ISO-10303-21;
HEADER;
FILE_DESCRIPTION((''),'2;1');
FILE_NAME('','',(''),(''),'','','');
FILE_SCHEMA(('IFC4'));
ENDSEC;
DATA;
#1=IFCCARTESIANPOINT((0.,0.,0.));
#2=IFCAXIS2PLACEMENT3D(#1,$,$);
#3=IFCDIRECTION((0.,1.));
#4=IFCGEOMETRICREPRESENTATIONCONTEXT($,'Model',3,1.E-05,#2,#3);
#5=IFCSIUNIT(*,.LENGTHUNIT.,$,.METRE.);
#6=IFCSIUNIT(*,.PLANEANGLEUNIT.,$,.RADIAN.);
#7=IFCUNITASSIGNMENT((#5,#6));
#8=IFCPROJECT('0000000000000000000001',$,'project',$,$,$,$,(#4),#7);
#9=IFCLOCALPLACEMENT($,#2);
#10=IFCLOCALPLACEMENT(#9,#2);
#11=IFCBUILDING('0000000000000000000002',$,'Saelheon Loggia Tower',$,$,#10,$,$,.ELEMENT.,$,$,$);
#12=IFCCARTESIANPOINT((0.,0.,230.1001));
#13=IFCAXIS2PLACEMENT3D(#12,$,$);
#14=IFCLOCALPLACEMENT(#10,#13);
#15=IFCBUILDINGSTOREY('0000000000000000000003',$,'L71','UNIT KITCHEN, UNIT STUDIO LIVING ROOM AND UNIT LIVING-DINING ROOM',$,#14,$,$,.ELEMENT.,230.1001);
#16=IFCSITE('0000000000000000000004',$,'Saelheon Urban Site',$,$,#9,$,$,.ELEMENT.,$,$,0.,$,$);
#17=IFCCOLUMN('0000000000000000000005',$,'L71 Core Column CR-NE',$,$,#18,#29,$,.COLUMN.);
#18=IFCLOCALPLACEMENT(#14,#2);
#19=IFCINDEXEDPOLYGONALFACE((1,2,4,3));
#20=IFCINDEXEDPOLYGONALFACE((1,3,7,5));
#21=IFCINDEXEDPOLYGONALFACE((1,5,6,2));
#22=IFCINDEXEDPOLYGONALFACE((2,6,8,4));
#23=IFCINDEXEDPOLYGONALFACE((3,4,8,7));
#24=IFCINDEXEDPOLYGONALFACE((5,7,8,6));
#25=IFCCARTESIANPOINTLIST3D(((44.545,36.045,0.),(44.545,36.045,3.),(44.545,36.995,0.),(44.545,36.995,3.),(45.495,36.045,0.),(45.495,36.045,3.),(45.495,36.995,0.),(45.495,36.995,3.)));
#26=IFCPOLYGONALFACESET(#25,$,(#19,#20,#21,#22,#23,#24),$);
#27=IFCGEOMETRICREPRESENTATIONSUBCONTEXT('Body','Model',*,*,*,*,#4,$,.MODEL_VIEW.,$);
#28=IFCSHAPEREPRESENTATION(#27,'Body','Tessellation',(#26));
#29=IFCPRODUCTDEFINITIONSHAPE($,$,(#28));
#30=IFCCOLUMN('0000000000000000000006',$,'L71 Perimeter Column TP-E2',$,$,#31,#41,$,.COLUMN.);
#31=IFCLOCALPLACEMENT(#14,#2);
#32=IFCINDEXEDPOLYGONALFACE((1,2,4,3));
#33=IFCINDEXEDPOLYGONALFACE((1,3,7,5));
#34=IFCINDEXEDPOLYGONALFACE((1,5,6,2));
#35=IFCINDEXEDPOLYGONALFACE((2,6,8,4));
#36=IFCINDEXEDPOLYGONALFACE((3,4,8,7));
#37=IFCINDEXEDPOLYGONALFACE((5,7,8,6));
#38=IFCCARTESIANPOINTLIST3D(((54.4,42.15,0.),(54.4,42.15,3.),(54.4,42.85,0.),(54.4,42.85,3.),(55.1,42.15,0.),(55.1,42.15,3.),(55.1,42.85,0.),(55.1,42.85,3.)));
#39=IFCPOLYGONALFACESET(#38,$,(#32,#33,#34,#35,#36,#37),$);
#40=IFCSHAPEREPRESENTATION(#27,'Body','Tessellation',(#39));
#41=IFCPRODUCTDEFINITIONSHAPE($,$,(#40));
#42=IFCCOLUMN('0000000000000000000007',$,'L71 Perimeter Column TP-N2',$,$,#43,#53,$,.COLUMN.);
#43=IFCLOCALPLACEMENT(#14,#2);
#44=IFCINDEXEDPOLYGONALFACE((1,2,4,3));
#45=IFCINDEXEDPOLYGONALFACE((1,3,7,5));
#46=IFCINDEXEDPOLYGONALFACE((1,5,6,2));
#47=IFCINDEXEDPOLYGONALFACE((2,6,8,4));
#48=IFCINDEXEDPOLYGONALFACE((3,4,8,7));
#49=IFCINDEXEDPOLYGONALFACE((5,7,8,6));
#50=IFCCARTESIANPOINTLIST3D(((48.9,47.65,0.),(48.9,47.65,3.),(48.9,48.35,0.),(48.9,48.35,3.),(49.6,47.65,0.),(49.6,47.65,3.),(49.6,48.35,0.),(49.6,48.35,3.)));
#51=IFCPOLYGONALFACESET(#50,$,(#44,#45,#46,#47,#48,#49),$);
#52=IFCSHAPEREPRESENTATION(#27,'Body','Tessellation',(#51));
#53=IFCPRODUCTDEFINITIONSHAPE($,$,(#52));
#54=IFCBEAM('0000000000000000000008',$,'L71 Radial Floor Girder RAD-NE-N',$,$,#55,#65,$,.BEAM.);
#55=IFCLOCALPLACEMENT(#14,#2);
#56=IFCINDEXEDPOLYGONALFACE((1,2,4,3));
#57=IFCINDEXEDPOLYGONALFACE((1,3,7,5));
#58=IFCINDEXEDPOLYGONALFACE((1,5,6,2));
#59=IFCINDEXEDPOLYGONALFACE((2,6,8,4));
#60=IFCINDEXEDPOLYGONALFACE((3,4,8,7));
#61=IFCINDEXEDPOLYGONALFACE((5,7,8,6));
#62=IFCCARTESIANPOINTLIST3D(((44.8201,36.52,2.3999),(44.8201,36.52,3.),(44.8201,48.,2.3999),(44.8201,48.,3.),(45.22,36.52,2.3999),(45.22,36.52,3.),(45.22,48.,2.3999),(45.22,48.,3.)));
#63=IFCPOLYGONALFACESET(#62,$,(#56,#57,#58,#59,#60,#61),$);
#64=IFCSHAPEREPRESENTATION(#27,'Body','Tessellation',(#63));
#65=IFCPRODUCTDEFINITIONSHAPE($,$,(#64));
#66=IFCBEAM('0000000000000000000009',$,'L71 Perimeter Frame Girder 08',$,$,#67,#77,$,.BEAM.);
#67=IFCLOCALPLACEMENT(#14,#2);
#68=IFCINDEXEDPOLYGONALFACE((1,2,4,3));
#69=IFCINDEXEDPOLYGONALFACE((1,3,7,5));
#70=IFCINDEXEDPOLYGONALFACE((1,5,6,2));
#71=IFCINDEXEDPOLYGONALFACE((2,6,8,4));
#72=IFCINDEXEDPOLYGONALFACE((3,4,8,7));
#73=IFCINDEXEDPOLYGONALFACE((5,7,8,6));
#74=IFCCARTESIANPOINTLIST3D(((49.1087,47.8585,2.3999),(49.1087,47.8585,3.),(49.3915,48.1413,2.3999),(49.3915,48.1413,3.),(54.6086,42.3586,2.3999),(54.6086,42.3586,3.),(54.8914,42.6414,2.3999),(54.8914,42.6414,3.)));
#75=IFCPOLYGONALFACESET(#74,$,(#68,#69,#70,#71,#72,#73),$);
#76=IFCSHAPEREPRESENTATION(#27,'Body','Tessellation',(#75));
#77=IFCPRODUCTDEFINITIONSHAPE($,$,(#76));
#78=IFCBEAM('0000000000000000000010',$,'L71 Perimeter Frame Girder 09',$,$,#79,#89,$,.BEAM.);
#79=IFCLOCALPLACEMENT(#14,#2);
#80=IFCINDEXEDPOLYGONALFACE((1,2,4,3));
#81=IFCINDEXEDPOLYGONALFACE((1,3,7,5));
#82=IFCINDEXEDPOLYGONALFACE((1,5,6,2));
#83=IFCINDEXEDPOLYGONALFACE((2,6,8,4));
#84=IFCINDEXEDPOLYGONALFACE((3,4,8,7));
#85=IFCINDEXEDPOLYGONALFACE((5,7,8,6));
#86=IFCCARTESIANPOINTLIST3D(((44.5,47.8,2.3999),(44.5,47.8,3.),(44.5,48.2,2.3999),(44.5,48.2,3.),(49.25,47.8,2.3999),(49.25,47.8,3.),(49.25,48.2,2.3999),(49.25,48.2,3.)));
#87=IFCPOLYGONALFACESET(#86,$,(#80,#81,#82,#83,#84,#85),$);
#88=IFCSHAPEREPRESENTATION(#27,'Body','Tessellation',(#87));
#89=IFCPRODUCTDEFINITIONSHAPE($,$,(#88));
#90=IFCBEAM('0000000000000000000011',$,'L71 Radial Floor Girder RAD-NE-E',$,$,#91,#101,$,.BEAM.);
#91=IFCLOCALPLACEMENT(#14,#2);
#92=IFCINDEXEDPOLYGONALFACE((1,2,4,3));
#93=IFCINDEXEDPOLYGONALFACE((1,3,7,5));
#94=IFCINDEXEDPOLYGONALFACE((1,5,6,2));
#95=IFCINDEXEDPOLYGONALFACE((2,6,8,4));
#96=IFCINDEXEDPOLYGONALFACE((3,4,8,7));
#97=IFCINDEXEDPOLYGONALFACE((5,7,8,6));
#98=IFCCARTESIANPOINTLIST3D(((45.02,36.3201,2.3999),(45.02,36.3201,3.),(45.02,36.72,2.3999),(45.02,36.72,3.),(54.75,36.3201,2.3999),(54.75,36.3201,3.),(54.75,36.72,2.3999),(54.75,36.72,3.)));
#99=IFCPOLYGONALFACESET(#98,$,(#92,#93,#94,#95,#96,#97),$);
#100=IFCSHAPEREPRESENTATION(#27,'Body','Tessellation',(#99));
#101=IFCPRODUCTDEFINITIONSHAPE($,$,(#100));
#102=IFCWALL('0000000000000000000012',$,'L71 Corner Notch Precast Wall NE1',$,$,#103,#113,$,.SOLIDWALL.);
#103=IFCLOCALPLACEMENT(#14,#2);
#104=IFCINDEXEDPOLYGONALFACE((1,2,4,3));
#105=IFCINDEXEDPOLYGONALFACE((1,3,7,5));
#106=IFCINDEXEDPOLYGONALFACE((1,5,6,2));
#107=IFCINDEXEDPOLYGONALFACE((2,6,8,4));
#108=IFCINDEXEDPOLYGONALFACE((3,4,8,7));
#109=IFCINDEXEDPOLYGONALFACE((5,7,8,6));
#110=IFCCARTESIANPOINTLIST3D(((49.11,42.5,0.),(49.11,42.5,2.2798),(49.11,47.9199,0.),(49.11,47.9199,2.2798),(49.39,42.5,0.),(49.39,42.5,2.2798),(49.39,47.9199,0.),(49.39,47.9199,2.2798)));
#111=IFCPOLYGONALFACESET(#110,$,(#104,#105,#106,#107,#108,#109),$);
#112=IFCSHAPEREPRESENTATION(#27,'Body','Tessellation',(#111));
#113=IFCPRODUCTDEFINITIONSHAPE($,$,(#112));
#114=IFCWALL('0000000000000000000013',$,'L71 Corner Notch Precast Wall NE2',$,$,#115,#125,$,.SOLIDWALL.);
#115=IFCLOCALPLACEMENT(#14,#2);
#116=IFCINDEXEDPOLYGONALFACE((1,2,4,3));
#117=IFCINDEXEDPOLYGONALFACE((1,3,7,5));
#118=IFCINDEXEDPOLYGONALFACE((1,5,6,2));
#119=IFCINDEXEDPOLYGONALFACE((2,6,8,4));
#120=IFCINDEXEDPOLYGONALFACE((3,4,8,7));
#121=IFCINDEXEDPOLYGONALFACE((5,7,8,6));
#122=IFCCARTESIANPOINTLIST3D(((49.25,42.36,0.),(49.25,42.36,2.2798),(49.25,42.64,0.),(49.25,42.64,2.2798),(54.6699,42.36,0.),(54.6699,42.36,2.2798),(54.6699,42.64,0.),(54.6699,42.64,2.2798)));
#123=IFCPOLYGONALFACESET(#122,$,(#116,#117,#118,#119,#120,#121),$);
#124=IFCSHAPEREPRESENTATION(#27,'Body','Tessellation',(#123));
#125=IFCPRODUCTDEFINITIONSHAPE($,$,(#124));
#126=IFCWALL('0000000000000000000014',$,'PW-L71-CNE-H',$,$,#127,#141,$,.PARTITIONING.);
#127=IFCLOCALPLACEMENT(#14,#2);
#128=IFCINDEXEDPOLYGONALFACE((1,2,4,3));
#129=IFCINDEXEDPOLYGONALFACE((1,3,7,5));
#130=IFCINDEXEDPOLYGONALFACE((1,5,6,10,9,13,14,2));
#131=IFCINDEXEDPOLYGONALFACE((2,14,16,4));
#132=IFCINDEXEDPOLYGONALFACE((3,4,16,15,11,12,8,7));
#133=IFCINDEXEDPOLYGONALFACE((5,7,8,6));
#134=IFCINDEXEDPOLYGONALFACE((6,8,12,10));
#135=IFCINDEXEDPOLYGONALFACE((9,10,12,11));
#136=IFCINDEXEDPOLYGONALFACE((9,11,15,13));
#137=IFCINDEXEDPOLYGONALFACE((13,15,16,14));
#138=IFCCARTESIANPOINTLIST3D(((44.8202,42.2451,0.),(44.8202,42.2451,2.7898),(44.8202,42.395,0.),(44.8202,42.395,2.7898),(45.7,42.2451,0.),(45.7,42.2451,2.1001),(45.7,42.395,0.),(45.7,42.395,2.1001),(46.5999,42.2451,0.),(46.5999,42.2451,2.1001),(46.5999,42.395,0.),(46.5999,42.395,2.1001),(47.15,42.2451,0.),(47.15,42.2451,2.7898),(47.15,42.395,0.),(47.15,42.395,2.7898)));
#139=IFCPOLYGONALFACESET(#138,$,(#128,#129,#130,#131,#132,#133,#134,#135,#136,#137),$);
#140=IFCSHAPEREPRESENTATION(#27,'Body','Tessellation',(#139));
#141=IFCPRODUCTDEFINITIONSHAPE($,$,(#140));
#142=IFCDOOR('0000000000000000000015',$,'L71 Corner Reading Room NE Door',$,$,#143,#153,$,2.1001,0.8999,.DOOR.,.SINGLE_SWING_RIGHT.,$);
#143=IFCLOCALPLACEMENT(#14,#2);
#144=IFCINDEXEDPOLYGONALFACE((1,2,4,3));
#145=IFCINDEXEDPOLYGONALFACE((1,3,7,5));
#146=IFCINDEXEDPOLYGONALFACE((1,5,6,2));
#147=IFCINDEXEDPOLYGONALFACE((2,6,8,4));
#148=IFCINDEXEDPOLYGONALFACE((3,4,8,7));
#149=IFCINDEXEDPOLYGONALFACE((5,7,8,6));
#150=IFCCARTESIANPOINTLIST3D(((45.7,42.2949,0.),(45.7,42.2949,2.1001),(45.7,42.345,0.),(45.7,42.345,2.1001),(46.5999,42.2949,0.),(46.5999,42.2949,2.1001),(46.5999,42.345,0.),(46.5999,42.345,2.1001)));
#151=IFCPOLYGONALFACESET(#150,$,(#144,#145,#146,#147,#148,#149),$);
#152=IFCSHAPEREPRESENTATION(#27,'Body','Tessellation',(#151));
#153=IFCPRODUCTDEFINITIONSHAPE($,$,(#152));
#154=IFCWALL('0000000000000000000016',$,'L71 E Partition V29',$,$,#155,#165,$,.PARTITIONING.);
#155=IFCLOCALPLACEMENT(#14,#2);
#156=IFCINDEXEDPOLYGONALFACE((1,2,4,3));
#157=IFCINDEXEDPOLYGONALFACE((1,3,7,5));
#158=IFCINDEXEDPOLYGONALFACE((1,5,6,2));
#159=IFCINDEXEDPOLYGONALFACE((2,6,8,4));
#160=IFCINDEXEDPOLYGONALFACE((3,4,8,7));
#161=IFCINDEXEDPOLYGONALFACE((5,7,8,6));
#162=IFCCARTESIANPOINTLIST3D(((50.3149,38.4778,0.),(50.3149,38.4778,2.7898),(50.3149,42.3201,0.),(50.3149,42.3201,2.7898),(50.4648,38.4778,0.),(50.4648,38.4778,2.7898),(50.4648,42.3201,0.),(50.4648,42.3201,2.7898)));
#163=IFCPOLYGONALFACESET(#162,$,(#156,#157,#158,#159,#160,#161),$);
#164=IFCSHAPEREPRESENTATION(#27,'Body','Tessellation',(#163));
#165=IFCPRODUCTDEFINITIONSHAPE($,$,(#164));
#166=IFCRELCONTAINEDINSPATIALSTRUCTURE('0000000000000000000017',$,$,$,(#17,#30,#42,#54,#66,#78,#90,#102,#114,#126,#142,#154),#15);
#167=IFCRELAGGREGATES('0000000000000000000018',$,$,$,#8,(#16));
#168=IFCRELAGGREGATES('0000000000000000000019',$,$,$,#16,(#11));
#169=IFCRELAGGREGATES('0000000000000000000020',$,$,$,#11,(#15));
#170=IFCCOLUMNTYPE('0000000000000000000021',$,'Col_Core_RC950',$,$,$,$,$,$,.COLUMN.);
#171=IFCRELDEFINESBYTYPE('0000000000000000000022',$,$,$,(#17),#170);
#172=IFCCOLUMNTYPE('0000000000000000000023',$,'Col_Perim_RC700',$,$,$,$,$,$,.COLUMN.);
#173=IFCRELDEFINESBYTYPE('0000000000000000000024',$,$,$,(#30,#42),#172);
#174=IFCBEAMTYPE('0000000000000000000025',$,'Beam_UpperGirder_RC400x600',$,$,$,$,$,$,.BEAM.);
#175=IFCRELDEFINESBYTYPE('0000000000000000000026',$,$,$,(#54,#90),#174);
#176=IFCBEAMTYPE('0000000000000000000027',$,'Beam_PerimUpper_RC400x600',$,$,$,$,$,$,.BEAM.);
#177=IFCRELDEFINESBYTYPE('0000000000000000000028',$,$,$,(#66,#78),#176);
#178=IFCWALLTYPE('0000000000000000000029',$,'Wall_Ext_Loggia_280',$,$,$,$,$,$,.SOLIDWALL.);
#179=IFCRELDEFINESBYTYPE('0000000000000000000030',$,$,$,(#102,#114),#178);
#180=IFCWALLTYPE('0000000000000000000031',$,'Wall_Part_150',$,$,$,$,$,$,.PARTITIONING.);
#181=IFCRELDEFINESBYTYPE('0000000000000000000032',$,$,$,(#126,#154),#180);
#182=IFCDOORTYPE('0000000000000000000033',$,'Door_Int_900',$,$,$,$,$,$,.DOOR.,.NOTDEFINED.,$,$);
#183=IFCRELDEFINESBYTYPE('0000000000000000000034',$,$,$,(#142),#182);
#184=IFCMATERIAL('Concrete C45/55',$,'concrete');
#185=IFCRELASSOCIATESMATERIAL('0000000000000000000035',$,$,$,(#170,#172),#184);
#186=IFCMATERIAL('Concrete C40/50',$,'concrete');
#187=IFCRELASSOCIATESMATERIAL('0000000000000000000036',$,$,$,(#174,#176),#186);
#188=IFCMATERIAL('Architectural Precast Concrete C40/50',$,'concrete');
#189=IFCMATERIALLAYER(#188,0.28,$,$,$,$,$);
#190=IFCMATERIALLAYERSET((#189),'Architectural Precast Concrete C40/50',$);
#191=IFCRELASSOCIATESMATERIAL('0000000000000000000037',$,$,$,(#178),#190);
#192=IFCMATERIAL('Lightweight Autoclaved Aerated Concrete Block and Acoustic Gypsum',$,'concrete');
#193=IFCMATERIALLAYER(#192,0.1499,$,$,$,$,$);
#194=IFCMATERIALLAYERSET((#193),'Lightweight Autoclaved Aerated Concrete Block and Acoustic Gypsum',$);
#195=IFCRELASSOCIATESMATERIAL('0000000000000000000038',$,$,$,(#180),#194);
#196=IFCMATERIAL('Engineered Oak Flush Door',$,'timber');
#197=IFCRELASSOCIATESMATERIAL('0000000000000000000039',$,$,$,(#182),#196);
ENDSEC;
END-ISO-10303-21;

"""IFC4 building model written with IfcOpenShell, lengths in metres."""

from ifc_helpers import new_model, si_unit, direction, frame, frame_2d, origin, origin_2d, place, context, subcontext, project, spatial, rectangle, extrude, source, transform, mapped, material, layer, layer_set, material_profile, profile_set, type_object, element, fill, save


model = new_model("IFC4")

# Units and contexts
model_context = context("Model", 3, precision=1e-05, world=origin(), true_north=direction((0.0, 1.0)))
body_context = subcontext(model_context, "Body", "Model", "MODEL_VIEW")
ifc_project = project(units=[si_unit("LENGTHUNIT", "METRE"), si_unit("PLANEANGLEUNIT", "RADIAN")], contexts=[model_context])

# Site, building, storey
site_placement = place(None, origin())
site = spatial("IfcSite", under=ifc_project, at=site_placement, Name="Saelheon Urban Site", CompositionType="ELEMENT", RefElevation=0.0)
building_placement = place(site_placement, origin())
building = spatial("IfcBuilding", under=site, at=building_placement, Name="Saelheon Loggia Tower", CompositionType="ELEMENT")
storey_placement = place(building_placement, frame((0.0, 0.0, 230.1001)))
storey = spatial("IfcBuildingStorey", under=building, at=storey_placement, Name="L71", Description="UNIT KITCHEN, UNIT STUDIO LIVING ROOM AND UNIT LIVING-DINING ROOM", CompositionType="ELEMENT", Elevation=230.1001)

# Columns
ifc_material_1 = material(Name="Concrete C45/55", Category="concrete")
ifc_material_profile_1 = material_profile(ifc_material_1, rectangle(XDim=0.95, YDim=0.95, at=origin_2d()), Name="RC-950x950")
ifc_profile_set_1 = profile_set([ifc_material_profile_1], Name="Concrete C45/55")
column_type_1 = type_object("IfcColumnType", Name="Col_Core_RC950", PredefinedType="COLUMN", material=ifc_profile_set_1)
shared_shape_1 = source(origin(), body_context, "Body", "SweptSolid", [
    extrude(rectangle(XDim=0.95, YDim=0.95, at=origin_2d()), origin(), (0.0, 0.0, 1.0), 3.0),
])
column_placement = place(storey_placement, frame((45.02, 36.52, 0.0), z_axis=(0.0, 0.0, 1.0), x_axis=(1.0, 0.0, 0.0)))
element("IfcColumn", 1, at=column_placement, inside=storey, type_object=column_type_1, Name="L71 Core Column CR-NE", PredefinedType="COLUMN", context=body_context, shape_type="MappedRepresentation", body=[
    mapped(shared_shape_1, transform((0.0, 0.0, 0.0), scale=1.0)),
])
ifc_material_profile_2 = material_profile(ifc_material_1, rectangle(XDim=0.7, YDim=0.7, at=origin_2d()), Name="RC-700x700")
ifc_profile_set_2 = profile_set([ifc_material_profile_2], Name="Concrete C45/55")
column_type_2 = type_object("IfcColumnType", Name="Col_Perim_RC700", PredefinedType="COLUMN", material=ifc_profile_set_2)
shared_shape_2 = source(origin(), body_context, "Body", "SweptSolid", [
    extrude(rectangle(XDim=0.7, YDim=0.7, at=origin_2d()), origin(), (0.0, 0.0, 1.0), 3.0),
])
for number, where, z_axis, x_axis, name in (
    (2, (54.75, 42.5, 0.0), (0.0, 0.0, 1.0), (1.0, 0.0, 0.0), "L71 Perimeter Column TP-E2"),
    (3, (49.25, 48.0, 0.0), (0.0, 0.0, 1.0), (1.0, 0.0, 0.0), "L71 Perimeter Column TP-N2"),
):
    element("IfcColumn", number, at=place(storey_placement, frame(where, z_axis=z_axis, x_axis=x_axis)), inside=storey, type_object=column_type_2, Name=name, PredefinedType="COLUMN", context=body_context, shape_type="MappedRepresentation", body=[
        mapped(shared_shape_2, transform((0.0, 0.0, 0.0), scale=1.0)),
    ])

# Beams
ifc_material_2 = material(Name="Concrete C40/50", Category="concrete")
ifc_material_profile_3 = material_profile(ifc_material_2, rectangle(XDim=0.3999, YDim=0.6001, at=origin_2d()), Name="RC-400x600")
ifc_profile_set_3 = profile_set([ifc_material_profile_3], Name="Concrete C40/50")
beam_type_1 = type_object("IfcBeamType", Name="Beam_UpperGirder_RC400x600", PredefinedType="BEAM", material=ifc_profile_set_3)
shared_shape_3 = source(origin(), body_context, "Body", "SweptSolid", [
    extrude(rectangle(XDim=0.3999, YDim=0.6001, at=origin_2d()), origin(), (0.0, 0.0, 1.0), 11.48),
])
beam_1_placement = place(storey_placement, frame((45.02, 36.52, 2.7), z_axis=(0.0, 1.0, 0.0), x_axis=(-1.0, 0.0, 0.0)))
element("IfcBeam", 4, at=beam_1_placement, inside=storey, type_object=beam_type_1, Name="L71 Radial Floor Girder RAD-NE-N", PredefinedType="BEAM", context=body_context, shape_type="MappedRepresentation", body=[
    mapped(shared_shape_3, transform((0.0, 0.0, 0.0), scale=1.0)),
])
ifc_material_profile_4 = material_profile(ifc_material_2, rectangle(XDim=0.3999, YDim=0.6001, at=origin_2d()), Name="RC-400x600")
ifc_profile_set_4 = profile_set([ifc_material_profile_4], Name="Concrete C40/50")
beam_type_2 = type_object("IfcBeamType", Name="Beam_PerimUpper_RC400x600", PredefinedType="BEAM", material=ifc_profile_set_4)
shared_shape_4 = source(origin(), body_context, "Body", "SweptSolid", [
    extrude(rectangle(XDim=0.3999, YDim=0.6001, at=origin_2d()), origin(), (0.0, 0.0, 1.0), 7.7781),
])
beam_2_placement = place(storey_placement, frame((54.75, 42.5, 2.7), z_axis=(-0.707107, 0.707107, 0.0), x_axis=(-0.707107, -0.707107, 0.0)))
element("IfcBeam", 5, at=beam_2_placement, inside=storey, type_object=beam_type_2, Name="L71 Perimeter Frame Girder 08", PredefinedType="BEAM", context=body_context, shape_type="MappedRepresentation", body=[
    mapped(shared_shape_4, transform((0.0, 0.0, 0.0), scale=1.0)),
])
shared_shape_5 = source(origin(), body_context, "Body", "SweptSolid", [
    extrude(rectangle(XDim=0.3999, YDim=0.6001, at=origin_2d()), origin(), (0.0, 0.0, 1.0), 4.75),
])
beam_3_placement = place(storey_placement, frame((49.25, 48.0, 2.7), z_axis=(-1.0, 0.0, 0.0), x_axis=(0.0, -1.0, 0.0)))
element("IfcBeam", 6, at=beam_3_placement, inside=storey, type_object=beam_type_2, Name="L71 Perimeter Frame Girder 09", PredefinedType="BEAM", context=body_context, shape_type="MappedRepresentation", body=[
    mapped(shared_shape_5, transform((0.0, 0.0, 0.0), scale=1.0)),
])
shared_shape_6 = source(origin(), body_context, "Body", "SweptSolid", [
    extrude(rectangle(XDim=0.3999, YDim=0.6001, at=origin_2d()), origin(), (0.0, 0.0, 1.0), 9.73),
])
beam_4_placement = place(storey_placement, frame((45.02, 36.52, 2.7), z_axis=(1.0, 0.0, 0.0), x_axis=(0.0, 1.0, 0.0)))
element("IfcBeam", 7, at=beam_4_placement, inside=storey, type_object=beam_type_1, Name="L71 Radial Floor Girder RAD-NE-E", PredefinedType="BEAM", context=body_context, shape_type="MappedRepresentation", body=[
    mapped(shared_shape_6, transform((0.0, 0.0, 0.0), scale=1.0)),
])

# Walls
ifc_material_3 = material(Name="Architectural Precast Concrete C40/50", Category="concrete")
ifc_layer_1 = layer(ifc_material_3, 0.28)
ifc_layer_set_1 = layer_set([ifc_layer_1], Name="Architectural Precast Concrete C40/50")
wall_type_1 = type_object("IfcWallType", Name="Wall_Ext_Loggia_280", PredefinedType="SOLIDWALL", material=ifc_layer_set_1)
for number, where, z_axis, x_axis, name in (
    (8, (49.25, 42.5, 0.0), (0.0, 0.0, 1.0), (0.0, 1.0, 0.0), "L71 Corner Notch Precast Wall NE1"),
    (9, (49.25, 42.5, 0.0), (0.0, 0.0, 1.0), (1.0, 0.0, 0.0), "L71 Corner Notch Precast Wall NE2"),
):
    element("IfcWall", number, at=place(storey_placement, frame(where, z_axis=z_axis, x_axis=x_axis)), inside=storey, type_object=wall_type_1, Name=name, PredefinedType="SOLIDWALL", context=body_context, shape_type="SweptSolid", body=[
        extrude(rectangle(XDim=5.4199, YDim=0.28, at=frame_2d((2.71, 0.0))), origin(), (0.0, 0.0, 1.0), 2.2798),
    ])

# Wall, opening, door
ifc_material_4 = material(Name="Lightweight Autoclaved Aerated Concrete Block and Acoustic Gypsum", Category="concrete")
ifc_layer_2 = layer(ifc_material_4, 0.1499)
ifc_layer_set_2 = layer_set([ifc_layer_2], Name="Lightweight Autoclaved Aerated Concrete Block and Acoustic Gypsum")
wall_type_2 = type_object("IfcWallType", Name="Wall_Part_150", PredefinedType="PARTITIONING", material=ifc_layer_set_2)
wall_1_placement = place(storey_placement, frame((44.8201, 42.3201, 0.0), z_axis=(0.0, 0.0, 1.0), x_axis=(1.0, 0.0, 0.0)))
wall_1 = element("IfcWall", 10, at=wall_1_placement, inside=storey, type_object=wall_type_2, Name="PW-L71-CNE-H", PredefinedType="PARTITIONING", context=body_context, shape_type="SweptSolid", body=[
    extrude(rectangle(XDim=2.3298, YDim=0.1499, at=frame_2d((1.165, 0.0))), origin(), (0.0, 0.0, 1.0), 2.7898),
])
opening_1_placement = place(wall_1_placement, frame((0.8799, 0.0, 0.0)))
opening_1 = element("IfcOpeningElement", 11, at=opening_1_placement, cuts=wall_1, PredefinedType="OPENING", context=body_context, shape_type="SweptSolid", body=[
    extrude(rectangle(XDim=0.8999, YDim=2.1001, at=frame_2d((0.45, 1.05))), frame((0.0, 0.0869, 0.0), z_axis=(0.0, -1.0, 0.0), x_axis=(1.0, 0.0, 0.0)), (0.0, 0.0, 1.0), 0.1738),
])
ifc_material_5 = material(Name="Engineered Oak Flush Door", Category="timber")
door_type = type_object("IfcDoorType", Name="Door_Int_900", OperationType="NOTDEFINED", PredefinedType="DOOR", material=ifc_material_5)
shared_shape_7 = source(origin(), body_context, "Body", "SweptSolid", [
    extrude(rectangle(XDim=0.8999, YDim=2.1001, at=frame_2d((0.45, 1.05))), frame((0.0, 0.0249, 0.0), z_axis=(0.0, -1.0, 0.0), x_axis=(1.0, 0.0, 0.0)), (0.0, 0.0, 1.0), 0.05),
])
door_1_placement = place(opening_1_placement, origin())
door_1 = element("IfcDoor", 12, at=door_1_placement, inside=storey, type_object=door_type, Name="L71 Corner Reading Room NE Door", OperationType="SINGLE_SWING_RIGHT", OverallHeight=2.1001, OverallWidth=0.8999, PredefinedType="DOOR", context=body_context, shape_type="MappedRepresentation", body=[
    mapped(shared_shape_7, transform((0.0, 0.0, 0.0), scale=1.0)),
])
fill(opening_1, door_1)

# Wall
wall_2_placement = place(storey_placement, frame((50.3899, 38.4778, 0.0), z_axis=(0.0, 0.0, 1.0), x_axis=(0.0, 1.0, 0.0)))
element("IfcWall", 13, at=wall_2_placement, inside=storey, type_object=wall_type_2, Name="L71 E Partition V29", PredefinedType="PARTITIONING", context=body_context, shape_type="SweptSolid", body=[
    extrude(rectangle(XDim=3.8423, YDim=0.1499, at=frame_2d((1.9211, 0.0))), origin(), (0.0, 0.0, 1.0), 2.7898),
])

save(model, "model.ifc")
